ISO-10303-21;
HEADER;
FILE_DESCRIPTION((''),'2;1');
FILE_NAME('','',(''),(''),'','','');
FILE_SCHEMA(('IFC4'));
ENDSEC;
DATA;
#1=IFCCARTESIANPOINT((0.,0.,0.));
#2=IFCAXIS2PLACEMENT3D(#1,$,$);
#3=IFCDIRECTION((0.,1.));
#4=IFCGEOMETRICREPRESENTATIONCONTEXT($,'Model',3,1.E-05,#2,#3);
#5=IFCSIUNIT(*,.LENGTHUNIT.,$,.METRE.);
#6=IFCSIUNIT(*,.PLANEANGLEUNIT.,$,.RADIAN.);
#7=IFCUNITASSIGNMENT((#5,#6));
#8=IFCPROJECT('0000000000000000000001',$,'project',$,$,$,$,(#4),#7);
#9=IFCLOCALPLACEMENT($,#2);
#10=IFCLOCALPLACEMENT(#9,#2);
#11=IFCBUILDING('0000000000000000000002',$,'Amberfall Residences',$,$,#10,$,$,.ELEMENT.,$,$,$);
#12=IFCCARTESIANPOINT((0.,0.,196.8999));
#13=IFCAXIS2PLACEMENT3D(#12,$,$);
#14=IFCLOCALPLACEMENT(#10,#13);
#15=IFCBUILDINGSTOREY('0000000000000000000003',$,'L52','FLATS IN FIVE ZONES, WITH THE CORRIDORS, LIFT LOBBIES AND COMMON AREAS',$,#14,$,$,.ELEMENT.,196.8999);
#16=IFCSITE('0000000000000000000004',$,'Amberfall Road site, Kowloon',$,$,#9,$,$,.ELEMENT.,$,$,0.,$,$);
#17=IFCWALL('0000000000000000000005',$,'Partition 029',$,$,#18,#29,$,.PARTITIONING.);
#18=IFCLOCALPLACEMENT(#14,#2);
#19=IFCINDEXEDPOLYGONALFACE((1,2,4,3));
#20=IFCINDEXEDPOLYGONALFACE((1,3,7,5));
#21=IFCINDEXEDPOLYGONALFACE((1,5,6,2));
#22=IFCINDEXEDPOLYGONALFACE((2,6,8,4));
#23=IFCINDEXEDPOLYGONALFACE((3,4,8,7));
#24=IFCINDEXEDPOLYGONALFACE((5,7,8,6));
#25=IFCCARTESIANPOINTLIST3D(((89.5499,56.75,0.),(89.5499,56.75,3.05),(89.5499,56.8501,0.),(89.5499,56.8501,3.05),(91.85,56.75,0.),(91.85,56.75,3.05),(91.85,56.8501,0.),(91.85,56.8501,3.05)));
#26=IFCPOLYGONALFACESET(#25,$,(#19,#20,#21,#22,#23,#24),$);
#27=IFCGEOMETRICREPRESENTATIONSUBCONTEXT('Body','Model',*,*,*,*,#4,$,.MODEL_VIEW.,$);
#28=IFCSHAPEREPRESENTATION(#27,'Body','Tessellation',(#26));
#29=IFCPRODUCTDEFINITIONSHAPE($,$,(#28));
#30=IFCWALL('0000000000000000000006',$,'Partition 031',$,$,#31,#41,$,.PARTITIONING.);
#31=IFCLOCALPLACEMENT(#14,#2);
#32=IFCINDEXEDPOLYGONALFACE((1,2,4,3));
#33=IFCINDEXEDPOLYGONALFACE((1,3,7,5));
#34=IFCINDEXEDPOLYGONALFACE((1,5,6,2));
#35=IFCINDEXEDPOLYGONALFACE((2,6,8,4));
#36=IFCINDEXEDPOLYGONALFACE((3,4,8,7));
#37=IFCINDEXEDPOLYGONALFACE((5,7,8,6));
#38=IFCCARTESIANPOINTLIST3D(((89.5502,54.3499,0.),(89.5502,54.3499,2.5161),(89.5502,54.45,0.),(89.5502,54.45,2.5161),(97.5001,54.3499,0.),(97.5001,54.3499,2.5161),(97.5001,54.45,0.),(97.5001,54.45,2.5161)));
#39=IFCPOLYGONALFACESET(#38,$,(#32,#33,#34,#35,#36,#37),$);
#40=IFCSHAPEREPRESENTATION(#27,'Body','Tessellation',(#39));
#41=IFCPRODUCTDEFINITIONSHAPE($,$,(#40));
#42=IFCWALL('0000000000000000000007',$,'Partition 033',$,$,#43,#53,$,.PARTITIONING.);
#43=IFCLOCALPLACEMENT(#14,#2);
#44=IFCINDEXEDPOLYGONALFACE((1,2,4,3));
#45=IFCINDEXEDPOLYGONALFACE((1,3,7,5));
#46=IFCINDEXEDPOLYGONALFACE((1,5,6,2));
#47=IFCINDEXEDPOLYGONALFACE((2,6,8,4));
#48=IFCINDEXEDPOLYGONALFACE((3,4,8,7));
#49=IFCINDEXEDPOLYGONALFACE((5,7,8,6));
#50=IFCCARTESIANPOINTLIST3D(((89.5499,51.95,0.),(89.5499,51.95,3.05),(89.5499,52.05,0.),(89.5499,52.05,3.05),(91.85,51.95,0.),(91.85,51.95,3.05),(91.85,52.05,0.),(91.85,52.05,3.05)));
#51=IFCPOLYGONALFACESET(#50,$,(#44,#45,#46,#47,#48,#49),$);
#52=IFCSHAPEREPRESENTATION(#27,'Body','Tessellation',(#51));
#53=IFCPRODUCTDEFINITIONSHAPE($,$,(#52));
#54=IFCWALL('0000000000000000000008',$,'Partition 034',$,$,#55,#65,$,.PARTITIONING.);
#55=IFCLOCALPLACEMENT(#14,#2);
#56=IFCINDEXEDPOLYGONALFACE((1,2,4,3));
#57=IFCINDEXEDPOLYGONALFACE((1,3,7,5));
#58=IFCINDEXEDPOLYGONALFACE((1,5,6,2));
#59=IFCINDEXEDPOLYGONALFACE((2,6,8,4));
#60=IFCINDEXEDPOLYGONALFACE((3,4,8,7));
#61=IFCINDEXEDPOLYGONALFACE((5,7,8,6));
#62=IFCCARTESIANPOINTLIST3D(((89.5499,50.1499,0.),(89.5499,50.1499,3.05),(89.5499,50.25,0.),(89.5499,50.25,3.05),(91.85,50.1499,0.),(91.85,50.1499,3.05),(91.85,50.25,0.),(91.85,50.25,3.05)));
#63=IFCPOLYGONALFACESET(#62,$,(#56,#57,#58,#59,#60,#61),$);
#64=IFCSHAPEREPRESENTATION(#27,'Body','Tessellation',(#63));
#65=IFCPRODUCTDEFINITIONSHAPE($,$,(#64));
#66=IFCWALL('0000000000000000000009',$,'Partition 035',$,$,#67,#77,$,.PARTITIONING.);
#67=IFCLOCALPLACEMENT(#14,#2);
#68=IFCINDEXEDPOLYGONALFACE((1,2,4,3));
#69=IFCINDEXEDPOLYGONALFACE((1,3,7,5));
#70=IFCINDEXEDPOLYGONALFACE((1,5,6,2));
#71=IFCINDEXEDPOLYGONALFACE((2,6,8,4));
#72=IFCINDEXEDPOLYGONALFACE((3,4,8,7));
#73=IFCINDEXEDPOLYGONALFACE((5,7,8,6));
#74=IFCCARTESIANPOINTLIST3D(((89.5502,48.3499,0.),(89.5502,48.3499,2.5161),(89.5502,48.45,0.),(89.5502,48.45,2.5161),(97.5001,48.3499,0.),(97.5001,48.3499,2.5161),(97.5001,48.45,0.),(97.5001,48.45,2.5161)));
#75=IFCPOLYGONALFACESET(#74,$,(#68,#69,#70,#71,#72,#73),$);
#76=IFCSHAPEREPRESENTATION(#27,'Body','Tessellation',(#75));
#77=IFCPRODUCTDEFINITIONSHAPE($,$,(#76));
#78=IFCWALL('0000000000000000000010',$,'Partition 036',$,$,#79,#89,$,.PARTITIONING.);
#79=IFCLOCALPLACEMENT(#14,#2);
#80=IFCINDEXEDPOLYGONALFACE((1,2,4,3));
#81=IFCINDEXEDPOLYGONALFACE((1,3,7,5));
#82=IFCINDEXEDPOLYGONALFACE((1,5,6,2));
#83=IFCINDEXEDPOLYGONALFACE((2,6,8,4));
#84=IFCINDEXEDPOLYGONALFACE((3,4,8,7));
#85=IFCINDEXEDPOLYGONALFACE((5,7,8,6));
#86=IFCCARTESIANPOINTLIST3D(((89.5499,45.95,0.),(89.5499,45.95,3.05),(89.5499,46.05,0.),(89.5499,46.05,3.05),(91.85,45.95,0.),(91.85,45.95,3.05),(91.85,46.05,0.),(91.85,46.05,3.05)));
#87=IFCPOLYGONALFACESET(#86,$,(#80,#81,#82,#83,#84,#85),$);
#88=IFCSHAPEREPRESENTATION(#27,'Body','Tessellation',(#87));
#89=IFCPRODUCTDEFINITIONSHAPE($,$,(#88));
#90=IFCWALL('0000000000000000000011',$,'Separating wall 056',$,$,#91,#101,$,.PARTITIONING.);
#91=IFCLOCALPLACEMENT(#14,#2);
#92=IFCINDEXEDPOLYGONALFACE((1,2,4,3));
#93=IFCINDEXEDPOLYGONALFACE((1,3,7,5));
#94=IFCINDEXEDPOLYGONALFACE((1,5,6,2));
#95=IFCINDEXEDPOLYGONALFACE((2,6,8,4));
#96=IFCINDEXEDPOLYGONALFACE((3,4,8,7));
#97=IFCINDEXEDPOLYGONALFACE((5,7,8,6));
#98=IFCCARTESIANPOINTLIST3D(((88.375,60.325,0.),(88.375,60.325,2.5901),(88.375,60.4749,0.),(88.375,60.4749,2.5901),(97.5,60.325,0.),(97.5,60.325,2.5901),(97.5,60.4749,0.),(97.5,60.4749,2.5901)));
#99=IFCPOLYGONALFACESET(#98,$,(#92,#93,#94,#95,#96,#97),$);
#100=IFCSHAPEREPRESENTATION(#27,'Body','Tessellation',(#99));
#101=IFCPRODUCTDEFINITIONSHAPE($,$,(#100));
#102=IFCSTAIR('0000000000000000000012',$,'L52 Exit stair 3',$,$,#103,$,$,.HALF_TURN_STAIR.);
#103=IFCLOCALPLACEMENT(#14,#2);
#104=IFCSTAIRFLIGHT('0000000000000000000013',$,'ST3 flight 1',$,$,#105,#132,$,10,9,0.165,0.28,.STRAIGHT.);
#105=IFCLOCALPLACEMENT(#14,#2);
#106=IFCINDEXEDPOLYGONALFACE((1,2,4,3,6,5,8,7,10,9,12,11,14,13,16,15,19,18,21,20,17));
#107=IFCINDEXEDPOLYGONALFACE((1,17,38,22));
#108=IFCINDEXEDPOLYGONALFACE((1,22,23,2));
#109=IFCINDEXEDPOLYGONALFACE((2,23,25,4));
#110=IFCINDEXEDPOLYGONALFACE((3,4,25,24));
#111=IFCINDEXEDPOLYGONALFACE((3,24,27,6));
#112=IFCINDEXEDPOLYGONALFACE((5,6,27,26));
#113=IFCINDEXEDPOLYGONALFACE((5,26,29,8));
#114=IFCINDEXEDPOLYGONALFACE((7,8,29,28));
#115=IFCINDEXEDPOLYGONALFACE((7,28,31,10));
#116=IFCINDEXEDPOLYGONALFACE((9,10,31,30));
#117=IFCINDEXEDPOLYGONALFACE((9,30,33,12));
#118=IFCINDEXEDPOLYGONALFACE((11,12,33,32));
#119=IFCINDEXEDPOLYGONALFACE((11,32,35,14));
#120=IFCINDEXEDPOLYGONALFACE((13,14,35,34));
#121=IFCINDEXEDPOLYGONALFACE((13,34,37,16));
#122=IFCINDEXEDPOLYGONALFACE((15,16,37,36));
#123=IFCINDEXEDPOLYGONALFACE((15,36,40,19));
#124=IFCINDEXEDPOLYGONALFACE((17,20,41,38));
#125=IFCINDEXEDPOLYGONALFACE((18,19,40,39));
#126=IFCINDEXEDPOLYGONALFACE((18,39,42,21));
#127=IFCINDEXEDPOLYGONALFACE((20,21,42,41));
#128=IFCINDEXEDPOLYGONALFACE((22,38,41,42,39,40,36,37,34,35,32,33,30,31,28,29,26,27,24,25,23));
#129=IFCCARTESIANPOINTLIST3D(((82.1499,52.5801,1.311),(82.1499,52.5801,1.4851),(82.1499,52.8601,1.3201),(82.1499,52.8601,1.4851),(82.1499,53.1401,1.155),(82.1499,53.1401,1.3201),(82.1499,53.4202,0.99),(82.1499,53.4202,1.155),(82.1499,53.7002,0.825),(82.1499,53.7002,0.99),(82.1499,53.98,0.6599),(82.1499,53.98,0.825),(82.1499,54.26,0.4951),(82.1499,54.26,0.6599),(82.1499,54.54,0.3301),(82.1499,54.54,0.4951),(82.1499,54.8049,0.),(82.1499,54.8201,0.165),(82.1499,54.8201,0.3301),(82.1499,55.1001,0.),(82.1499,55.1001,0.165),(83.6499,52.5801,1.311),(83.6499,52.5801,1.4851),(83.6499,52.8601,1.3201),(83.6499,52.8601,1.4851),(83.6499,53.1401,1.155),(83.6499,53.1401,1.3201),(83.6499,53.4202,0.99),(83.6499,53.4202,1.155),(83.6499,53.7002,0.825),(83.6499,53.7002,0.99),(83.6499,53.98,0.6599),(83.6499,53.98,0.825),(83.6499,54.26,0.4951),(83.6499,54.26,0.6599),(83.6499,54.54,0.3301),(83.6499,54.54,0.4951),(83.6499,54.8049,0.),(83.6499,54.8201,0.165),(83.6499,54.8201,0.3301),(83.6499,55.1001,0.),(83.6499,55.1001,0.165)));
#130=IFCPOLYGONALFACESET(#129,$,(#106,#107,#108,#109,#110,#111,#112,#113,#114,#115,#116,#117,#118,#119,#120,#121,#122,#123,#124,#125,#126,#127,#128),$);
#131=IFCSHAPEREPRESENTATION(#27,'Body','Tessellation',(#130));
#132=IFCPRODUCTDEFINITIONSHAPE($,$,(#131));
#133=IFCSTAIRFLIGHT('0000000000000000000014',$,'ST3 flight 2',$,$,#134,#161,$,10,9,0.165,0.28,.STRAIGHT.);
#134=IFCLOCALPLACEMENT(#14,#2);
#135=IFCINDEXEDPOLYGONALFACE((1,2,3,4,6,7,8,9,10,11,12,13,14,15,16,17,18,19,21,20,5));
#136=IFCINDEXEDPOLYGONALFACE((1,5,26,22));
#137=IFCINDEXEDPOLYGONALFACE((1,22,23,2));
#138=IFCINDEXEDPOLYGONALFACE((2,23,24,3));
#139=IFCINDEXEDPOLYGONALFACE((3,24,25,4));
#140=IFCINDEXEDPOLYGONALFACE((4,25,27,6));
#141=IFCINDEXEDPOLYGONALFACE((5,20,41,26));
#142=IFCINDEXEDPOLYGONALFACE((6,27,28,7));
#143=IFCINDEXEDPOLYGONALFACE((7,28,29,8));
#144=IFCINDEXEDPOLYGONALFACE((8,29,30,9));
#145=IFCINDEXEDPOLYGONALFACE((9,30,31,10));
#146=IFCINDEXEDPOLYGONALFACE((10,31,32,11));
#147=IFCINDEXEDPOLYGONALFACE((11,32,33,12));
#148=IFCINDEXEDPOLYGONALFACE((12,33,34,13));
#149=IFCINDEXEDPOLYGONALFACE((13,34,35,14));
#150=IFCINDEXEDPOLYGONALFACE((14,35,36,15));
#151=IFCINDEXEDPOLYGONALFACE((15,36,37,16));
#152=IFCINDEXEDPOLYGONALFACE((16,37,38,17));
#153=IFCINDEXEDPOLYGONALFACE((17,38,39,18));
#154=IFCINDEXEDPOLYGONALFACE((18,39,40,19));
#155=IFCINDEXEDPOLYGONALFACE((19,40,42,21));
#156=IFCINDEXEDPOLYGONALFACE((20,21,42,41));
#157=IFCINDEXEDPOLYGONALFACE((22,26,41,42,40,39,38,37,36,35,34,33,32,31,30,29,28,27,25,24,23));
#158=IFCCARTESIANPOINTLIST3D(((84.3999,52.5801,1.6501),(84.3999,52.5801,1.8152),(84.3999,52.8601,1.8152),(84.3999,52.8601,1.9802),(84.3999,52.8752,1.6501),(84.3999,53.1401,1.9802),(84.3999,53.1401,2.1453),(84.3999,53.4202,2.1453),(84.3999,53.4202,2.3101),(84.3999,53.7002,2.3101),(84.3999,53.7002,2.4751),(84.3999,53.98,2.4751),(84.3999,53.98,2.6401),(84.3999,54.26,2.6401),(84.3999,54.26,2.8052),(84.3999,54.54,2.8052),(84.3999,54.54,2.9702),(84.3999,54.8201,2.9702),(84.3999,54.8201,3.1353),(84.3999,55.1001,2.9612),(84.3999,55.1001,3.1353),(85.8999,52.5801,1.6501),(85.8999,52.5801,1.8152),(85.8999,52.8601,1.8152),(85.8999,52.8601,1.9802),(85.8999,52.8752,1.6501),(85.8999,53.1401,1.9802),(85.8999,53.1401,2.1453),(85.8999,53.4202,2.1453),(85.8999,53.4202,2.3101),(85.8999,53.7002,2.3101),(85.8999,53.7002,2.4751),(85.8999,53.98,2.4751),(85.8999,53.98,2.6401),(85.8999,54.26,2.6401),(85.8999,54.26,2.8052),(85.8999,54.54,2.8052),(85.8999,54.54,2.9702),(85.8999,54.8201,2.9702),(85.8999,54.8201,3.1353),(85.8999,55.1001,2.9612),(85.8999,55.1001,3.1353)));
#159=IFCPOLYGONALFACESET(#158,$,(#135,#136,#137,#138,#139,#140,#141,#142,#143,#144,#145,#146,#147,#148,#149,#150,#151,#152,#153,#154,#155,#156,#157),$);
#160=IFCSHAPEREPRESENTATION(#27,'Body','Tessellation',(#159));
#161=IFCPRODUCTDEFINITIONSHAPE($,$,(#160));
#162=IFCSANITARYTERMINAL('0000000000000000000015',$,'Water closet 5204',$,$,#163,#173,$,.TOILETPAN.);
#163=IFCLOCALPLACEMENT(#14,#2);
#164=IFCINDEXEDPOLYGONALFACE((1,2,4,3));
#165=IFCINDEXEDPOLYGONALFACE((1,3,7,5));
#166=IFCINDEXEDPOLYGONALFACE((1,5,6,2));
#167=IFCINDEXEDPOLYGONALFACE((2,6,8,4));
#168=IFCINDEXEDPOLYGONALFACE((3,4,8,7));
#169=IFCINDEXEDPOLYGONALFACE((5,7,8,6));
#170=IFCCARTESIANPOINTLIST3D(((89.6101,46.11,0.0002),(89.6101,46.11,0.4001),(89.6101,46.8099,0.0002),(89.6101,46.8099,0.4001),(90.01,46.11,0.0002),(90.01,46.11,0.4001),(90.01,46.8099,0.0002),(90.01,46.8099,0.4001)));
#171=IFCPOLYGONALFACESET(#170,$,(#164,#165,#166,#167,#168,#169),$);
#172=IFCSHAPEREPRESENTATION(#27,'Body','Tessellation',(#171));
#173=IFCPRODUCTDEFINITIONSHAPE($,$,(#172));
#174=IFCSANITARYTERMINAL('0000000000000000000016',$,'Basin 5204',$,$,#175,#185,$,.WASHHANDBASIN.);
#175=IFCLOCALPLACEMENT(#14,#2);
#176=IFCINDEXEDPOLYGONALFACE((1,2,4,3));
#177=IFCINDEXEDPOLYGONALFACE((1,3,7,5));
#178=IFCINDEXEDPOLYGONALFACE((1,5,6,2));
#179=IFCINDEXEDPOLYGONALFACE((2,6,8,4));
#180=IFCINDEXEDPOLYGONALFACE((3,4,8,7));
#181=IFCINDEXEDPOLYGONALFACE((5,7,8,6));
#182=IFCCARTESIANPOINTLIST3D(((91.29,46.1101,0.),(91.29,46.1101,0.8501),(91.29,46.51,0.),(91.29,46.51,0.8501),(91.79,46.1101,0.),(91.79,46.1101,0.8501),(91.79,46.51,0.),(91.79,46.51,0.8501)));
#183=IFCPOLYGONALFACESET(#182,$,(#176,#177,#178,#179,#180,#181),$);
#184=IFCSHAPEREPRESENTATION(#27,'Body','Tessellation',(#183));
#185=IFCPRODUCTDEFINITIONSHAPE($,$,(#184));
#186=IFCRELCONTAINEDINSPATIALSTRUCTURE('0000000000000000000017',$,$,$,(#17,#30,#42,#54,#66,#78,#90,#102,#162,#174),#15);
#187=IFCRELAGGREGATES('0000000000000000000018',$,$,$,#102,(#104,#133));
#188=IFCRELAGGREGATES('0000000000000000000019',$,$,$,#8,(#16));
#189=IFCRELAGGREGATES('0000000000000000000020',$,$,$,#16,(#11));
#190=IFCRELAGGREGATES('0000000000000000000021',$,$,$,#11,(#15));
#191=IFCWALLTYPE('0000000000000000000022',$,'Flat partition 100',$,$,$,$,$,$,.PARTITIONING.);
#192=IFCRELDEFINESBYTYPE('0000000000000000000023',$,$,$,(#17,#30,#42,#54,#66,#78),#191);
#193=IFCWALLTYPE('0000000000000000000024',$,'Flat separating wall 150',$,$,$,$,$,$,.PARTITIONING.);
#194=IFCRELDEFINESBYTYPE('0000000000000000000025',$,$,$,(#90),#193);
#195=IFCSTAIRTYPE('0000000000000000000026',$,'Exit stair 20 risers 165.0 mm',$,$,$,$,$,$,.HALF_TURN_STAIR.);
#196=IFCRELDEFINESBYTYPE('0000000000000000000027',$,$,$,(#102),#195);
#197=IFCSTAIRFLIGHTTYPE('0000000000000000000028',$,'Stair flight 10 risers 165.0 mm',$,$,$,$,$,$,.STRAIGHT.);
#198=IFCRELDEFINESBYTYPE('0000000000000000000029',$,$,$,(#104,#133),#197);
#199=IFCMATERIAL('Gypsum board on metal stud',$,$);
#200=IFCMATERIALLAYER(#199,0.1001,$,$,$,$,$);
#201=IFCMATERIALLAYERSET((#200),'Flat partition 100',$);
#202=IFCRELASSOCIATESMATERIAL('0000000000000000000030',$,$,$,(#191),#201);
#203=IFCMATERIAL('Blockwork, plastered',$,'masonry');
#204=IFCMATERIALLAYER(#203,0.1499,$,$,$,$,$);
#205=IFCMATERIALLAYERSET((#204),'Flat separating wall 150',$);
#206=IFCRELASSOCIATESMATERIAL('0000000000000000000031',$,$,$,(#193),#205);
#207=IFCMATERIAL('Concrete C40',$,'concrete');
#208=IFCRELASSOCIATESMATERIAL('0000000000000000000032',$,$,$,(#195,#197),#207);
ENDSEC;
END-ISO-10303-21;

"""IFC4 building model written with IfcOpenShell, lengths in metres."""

from ifc_helpers import new_model, si_unit, direction, frame, frame_2d, origin, origin_2d, place, context, subcontext, project, spatial, polyline, rectangle, outline, extrude, material, layer, layer_set, type_object, element, aggregate, save


model = new_model("IFC4")

# Units and contexts
model_context = context("Model", 3, precision=1e-05, world=origin(), true_north=direction((0.0, 1.0)))
body_context = subcontext(model_context, "Body", "Model", "MODEL_VIEW")
ifc_project = project(units=[si_unit("LENGTHUNIT", "METRE"), si_unit("PLANEANGLEUNIT", "RADIAN")], contexts=[model_context])

# Site, building, storey
site_placement = place(None, origin())
site = spatial("IfcSite", under=ifc_project, at=site_placement, Name="Amberfall Road site, Kowloon", CompositionType="ELEMENT", RefElevation=0.0)
building_placement = place(site_placement, origin())
building = spatial("IfcBuilding", under=site, at=building_placement, Name="Amberfall Residences", CompositionType="ELEMENT")
storey_placement = place(building_placement, frame((0.0, 0.0, 196.8999)))
storey = spatial("IfcBuildingStorey", under=building, at=storey_placement, Name="L52", Description="FLATS IN FIVE ZONES, WITH THE CORRIDORS, LIFT LOBBIES AND COMMON AREAS", CompositionType="ELEMENT", Elevation=196.8999)

# Shared definitions
ifc_material_1 = material(Name="Gypsum board on metal stud")
ifc_layer_1 = layer(ifc_material_1, 0.1001)
ifc_layer_set_1 = layer_set([ifc_layer_1], Name="Flat partition 100")
wall_type_1 = type_object("IfcWallType", Name="Flat partition 100", PredefinedType="PARTITIONING", material=ifc_layer_set_1)

# Walls
wall_1_placement = place(storey_placement, frame((89.55, 56.8, 0.0), z_axis=(0.0, 0.0, 1.0), x_axis=(1.0, 0.0, 0.0)))
element("IfcWall", 1, at=wall_1_placement, inside=storey, type_object=wall_type_1, Name="Partition 029", PredefinedType="PARTITIONING", context=body_context, shape_type="SweptSolid", body=[
    extrude(rectangle(XDim=2.3, YDim=0.1001, at=frame_2d((1.1499, 0.0))), origin(), (0.0, 0.0, 1.0), 3.05),
])
wall_2_placement = place(storey_placement, frame((89.55, 54.3999, 0.0), z_axis=(0.0, 0.0, 1.0), x_axis=(1.0, 0.0, 0.0)))
element("IfcWall", 2, at=wall_2_placement, inside=storey, type_object=wall_type_1, Name="Partition 031", PredefinedType="PARTITIONING", context=body_context, shape_type="SweptSolid", body=[
    extrude(rectangle(XDim=7.95, YDim=0.1001, at=frame_2d((3.9751, 0.0))), origin(), (0.0, 0.0, 1.0), 2.5161),
])
for number, where, z_axis, x_axis, name in (
    (3, (89.55, 52.0, 0.0), (0.0, 0.0, 1.0), (1.0, 0.0, 0.0), "Partition 033"),
    (4, (89.55, 50.2, 0.0), (0.0, 0.0, 1.0), (1.0, 0.0, 0.0), "Partition 034"),
):
    element("IfcWall", number, at=place(storey_placement, frame(where, z_axis=z_axis, x_axis=x_axis)), inside=storey, type_object=wall_type_1, Name=name, PredefinedType="PARTITIONING", context=body_context, shape_type="SweptSolid", body=[
        extrude(rectangle(XDim=2.3, YDim=0.1001, at=frame_2d((1.1499, 0.0))), origin(), (0.0, 0.0, 1.0), 3.05),
    ])
wall_3_placement = place(storey_placement, frame((89.55, 48.3999, 0.0), z_axis=(0.0, 0.0, 1.0), x_axis=(1.0, 0.0, 0.0)))
element("IfcWall", 5, at=wall_3_placement, inside=storey, type_object=wall_type_1, Name="Partition 035", PredefinedType="PARTITIONING", context=body_context, shape_type="SweptSolid", body=[
    extrude(rectangle(XDim=7.95, YDim=0.1001, at=frame_2d((3.9751, 0.0))), origin(), (0.0, 0.0, 1.0), 2.5161),
])
wall_4_placement = place(storey_placement, frame((89.55, 46.0, 0.0), z_axis=(0.0, 0.0, 1.0), x_axis=(1.0, 0.0, 0.0)))
element("IfcWall", 6, at=wall_4_placement, inside=storey, type_object=wall_type_1, Name="Partition 036", PredefinedType="PARTITIONING", context=body_context, shape_type="SweptSolid", body=[
    extrude(rectangle(XDim=2.3, YDim=0.1001, at=frame_2d((1.1499, 0.0))), origin(), (0.0, 0.0, 1.0), 3.05),
])
ifc_material_2 = material(Name="Blockwork, plastered", Category="masonry")
ifc_layer_2 = layer(ifc_material_2, 0.1499)
ifc_layer_set_2 = layer_set([ifc_layer_2], Name="Flat separating wall 150")
wall_type_2 = type_object("IfcWallType", Name="Flat separating wall 150", PredefinedType="PARTITIONING", material=ifc_layer_set_2)
wall_5_placement = place(storey_placement, frame((88.375, 60.3999, 0.0), z_axis=(0.0, 0.0, 1.0), x_axis=(1.0, 0.0, 0.0)))
element("IfcWall", 7, at=wall_5_placement, inside=storey, type_object=wall_type_2, Name="Separating wall 056", PredefinedType="PARTITIONING", context=body_context, shape_type="SweptSolid", body=[
    extrude(rectangle(XDim=9.125, YDim=0.1499, at=frame_2d((4.5625, 0.0))), origin(), (0.0, 0.0, 1.0), 2.5901),
])

# Stair, stair flights
ifc_material_3 = material(Name="Concrete C40", Category="concrete")
stair_type = type_object("IfcStairType", Name="Exit stair 20 risers 165.0 mm", PredefinedType="HALF_TURN_STAIR", material=ifc_material_3)
stair_placement = place(storey_placement, origin())
stair = element("IfcStair", 8, at=stair_placement, inside=storey, type_object=stair_type, Name="L52 Exit stair 3", PredefinedType="HALF_TURN_STAIR")
stair_flight_type = type_object("IfcStairFlightType", Name="Stair flight 10 risers 165.0 mm", PredefinedType="STRAIGHT", material=ifc_material_3)
stair_flight_1_placement = place(storey_placement, frame((82.8999, 55.1001, 0.0), z_axis=(0.0, 0.0, 1.0), x_axis=(0.0, -1.0, 0.0)))
stair_flight_1 = element("IfcStairFlight", 9, at=stair_flight_1_placement, type_object=stair_flight_type, Name="ST3 flight 1", NumberOfRisers=10, NumberOfTreads=9, PredefinedType="STRAIGHT", RiserHeight=0.165, TreadLength=0.28, context=body_context, shape_type="SweptSolid", body=[
    extrude(outline(polyline([(0.0, 0.0), (0.0, 0.165), (0.28, 0.165), (0.28, 0.3301), (0.5601, 0.3301), (0.5601, 0.4951), (0.8401, 0.4951), (0.8401, 0.6599), (1.1201, 0.6599), (1.1201, 0.825), (1.3999, 0.825), (1.3999, 0.99), (1.6799, 0.99), (1.6799, 1.155), (1.96, 1.155), (1.96, 1.3201), (2.24, 1.3201), (2.24, 1.4851), (2.52, 1.4851), (2.52, 1.6499), (2.52, 1.311), (0.2952, 0.0), (0.0, 0.0)])), frame((0.0, 0.75, 0.0), z_axis=(0.0, -1.0, 0.0), x_axis=(1.0, 0.0, 0.0)), (0.0, 0.0, 1.0), 1.5),
])
stair_flight_2_placement = place(storey_placement, frame((85.1499, 52.5801, 1.6501), z_axis=(0.0, 0.0, 1.0), x_axis=(0.0, 1.0, 0.0)))
stair_flight_2 = element("IfcStairFlight", 10, at=stair_flight_2_placement, type_object=stair_flight_type, Name="ST3 flight 2", NumberOfRisers=10, NumberOfTreads=9, PredefinedType="STRAIGHT", RiserHeight=0.165, TreadLength=0.28, context=body_context, shape_type="SweptSolid", body=[
    extrude(outline(polyline([(0.0, 0.0), (0.0, 0.165), (0.28, 0.165), (0.28, 0.3301), (0.5601, 0.3301), (0.5601, 0.4951), (0.8401, 0.4951), (0.8401, 0.6599), (1.1201, 0.6599), (1.1201, 0.825), (1.3999, 0.825), (1.3999, 0.99), (1.6799, 0.99), (1.6799, 1.155), (1.96, 1.155), (1.96, 1.3201), (2.24, 1.3201), (2.24, 1.4851), (2.52, 1.4851), (2.52, 1.6499), (2.52, 1.311), (0.2952, 0.0), (0.0, 0.0)])), frame((0.0, 0.75, 0.0), z_axis=(0.0, -1.0, 0.0), x_axis=(1.0, 0.0, 0.0)), (0.0, 0.0, 1.0), 1.5),
])
aggregate(stair, [stair_flight_1, stair_flight_2])

# Sanitary terminals
sanitary_terminal_1_placement = place(storey_placement, frame((89.8101, 46.46, 0.0002), z_axis=(0.0, 0.0, 1.0), x_axis=(1.0, 0.0, 0.0)))
element("IfcSanitaryTerminal", 11, at=sanitary_terminal_1_placement, inside=storey, Name="Water closet 5204", PredefinedType="TOILETPAN", context=body_context, shape_type="SweptSolid", body=[
    extrude(rectangle(XDim=0.3999, YDim=0.7, at=origin_2d()), origin(), (0.0, 0.0, 1.0), 0.3999),
])
sanitary_terminal_2_placement = place(storey_placement, frame((91.54, 46.3101, 0.0), z_axis=(0.0, 0.0, 1.0), x_axis=(1.0, 0.0, 0.0)))
element("IfcSanitaryTerminal", 12, at=sanitary_terminal_2_placement, inside=storey, Name="Basin 5204", PredefinedType="WASHHANDBASIN", context=body_context, shape_type="SweptSolid", body=[
    extrude(rectangle(XDim=0.5, YDim=0.3999, at=origin_2d()), origin(), (0.0, 0.0, 1.0), 0.8501),
])

save(model, "model.ifc")
